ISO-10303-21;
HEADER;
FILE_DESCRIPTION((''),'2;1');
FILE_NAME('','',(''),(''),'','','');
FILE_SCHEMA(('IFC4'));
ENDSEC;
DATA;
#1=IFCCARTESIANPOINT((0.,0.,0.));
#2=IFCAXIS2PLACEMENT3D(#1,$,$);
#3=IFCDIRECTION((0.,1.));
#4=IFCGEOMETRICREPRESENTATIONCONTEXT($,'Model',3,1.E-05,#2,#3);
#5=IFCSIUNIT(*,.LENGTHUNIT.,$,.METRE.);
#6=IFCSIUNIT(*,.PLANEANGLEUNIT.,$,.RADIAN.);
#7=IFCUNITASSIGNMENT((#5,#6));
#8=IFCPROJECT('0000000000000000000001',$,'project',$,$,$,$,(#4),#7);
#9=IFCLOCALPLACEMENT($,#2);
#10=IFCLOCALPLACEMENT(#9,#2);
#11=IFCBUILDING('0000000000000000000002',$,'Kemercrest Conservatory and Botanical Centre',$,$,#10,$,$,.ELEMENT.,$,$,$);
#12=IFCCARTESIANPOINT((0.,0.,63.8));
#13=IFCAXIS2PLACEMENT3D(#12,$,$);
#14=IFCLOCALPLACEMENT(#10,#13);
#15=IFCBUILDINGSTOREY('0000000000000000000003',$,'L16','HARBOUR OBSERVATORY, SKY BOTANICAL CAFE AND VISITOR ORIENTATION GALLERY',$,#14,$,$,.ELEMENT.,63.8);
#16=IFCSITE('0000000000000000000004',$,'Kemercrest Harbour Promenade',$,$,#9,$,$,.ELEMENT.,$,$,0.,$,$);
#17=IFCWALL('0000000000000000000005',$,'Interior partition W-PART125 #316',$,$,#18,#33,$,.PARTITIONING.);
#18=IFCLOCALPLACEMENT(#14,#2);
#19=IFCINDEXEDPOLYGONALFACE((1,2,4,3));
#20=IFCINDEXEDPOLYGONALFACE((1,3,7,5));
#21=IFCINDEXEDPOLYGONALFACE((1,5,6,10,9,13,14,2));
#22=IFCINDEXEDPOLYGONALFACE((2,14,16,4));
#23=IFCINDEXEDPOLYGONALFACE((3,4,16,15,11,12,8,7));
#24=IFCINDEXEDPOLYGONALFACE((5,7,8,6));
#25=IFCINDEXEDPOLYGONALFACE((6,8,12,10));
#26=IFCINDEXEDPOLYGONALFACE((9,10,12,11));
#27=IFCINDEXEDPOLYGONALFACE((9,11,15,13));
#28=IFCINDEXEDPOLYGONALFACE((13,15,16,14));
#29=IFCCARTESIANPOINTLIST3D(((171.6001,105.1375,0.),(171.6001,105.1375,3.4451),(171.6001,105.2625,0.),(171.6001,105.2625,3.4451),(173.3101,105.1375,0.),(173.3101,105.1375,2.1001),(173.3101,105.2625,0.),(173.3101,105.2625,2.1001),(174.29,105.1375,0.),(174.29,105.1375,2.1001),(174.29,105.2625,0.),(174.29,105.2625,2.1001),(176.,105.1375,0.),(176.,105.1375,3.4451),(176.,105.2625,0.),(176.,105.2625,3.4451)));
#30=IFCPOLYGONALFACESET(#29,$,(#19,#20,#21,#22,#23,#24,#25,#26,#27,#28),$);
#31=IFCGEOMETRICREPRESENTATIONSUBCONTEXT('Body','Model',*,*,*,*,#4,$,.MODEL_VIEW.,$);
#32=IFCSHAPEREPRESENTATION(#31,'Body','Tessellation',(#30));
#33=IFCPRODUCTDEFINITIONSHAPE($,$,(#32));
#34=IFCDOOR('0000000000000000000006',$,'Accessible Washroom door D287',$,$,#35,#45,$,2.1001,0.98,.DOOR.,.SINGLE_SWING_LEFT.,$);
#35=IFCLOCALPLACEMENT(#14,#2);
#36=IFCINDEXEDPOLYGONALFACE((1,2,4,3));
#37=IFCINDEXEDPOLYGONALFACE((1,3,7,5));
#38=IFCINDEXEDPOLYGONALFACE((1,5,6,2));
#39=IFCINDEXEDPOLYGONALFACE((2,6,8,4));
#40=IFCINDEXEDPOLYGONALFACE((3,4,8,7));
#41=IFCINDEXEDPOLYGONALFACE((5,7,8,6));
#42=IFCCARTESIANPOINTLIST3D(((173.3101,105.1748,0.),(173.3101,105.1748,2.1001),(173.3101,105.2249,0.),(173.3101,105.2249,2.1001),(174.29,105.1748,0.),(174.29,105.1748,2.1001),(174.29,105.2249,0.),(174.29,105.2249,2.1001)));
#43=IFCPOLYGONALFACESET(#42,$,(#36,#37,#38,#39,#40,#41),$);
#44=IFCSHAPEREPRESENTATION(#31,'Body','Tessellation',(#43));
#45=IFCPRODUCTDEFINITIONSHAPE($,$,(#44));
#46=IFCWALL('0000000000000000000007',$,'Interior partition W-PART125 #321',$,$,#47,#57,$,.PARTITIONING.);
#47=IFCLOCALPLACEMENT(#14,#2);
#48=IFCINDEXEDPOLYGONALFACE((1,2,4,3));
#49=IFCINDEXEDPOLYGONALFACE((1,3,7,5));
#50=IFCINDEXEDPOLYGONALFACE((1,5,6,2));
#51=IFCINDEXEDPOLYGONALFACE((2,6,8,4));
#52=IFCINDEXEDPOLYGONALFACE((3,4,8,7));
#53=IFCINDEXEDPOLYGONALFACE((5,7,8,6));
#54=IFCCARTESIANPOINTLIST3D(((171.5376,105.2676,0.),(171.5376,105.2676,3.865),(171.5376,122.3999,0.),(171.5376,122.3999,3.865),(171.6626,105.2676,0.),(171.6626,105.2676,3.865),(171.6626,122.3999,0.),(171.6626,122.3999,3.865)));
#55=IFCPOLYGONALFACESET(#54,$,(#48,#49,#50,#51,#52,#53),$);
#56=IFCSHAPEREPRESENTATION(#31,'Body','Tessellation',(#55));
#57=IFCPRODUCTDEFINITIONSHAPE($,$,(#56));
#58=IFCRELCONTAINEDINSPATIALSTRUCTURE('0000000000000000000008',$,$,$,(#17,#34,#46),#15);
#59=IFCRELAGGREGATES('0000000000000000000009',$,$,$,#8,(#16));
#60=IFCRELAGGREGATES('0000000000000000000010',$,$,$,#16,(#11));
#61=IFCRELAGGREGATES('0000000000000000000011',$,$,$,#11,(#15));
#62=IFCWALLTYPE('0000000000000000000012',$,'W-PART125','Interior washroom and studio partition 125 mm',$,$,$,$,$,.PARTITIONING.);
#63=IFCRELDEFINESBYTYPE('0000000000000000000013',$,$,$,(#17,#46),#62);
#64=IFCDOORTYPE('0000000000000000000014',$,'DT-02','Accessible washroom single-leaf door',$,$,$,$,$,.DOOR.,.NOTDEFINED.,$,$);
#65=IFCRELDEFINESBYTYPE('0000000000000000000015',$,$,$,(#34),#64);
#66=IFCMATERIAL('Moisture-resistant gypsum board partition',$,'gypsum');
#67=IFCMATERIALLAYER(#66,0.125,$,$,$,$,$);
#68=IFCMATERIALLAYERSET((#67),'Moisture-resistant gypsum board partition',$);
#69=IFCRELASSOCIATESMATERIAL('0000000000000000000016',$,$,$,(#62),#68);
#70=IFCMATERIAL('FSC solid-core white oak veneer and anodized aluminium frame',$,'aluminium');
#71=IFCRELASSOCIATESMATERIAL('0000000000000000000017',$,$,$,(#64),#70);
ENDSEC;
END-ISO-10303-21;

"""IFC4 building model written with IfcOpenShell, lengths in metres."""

from ifc_helpers import new_model, si_unit, direction, frame, frame_2d, origin, place, context, subcontext, project, spatial, rectangle, extrude, material, layer, layer_set, type_object, element, fill, save


model = new_model("IFC4")

# Units and contexts
model_context = context("Model", 3, precision=1e-05, world=origin(), true_north=direction((0.0, 1.0)))
body_context = subcontext(model_context, "Body", "Model", "MODEL_VIEW")
ifc_project = project(units=[si_unit("LENGTHUNIT", "METRE"), si_unit("PLANEANGLEUNIT", "RADIAN")], contexts=[model_context])

# Site, building, storey
site_placement = place(None, origin())
site = spatial("IfcSite", under=ifc_project, at=site_placement, Name="Kemercrest Harbour Promenade", CompositionType="ELEMENT", RefElevation=0.0)
building_placement = place(site_placement, origin())
building = spatial("IfcBuilding", under=site, at=building_placement, Name="Kemercrest Conservatory and Botanical Centre", CompositionType="ELEMENT")
storey_placement = place(building_placement, frame((0.0, 0.0, 63.8)))
storey = spatial("IfcBuildingStorey", under=building, at=storey_placement, Name="L16", Description="HARBOUR OBSERVATORY, SKY BOTANICAL CAFE AND VISITOR ORIENTATION GALLERY", CompositionType="ELEMENT", Elevation=63.8)

# Wall, opening, door
ifc_material_1 = material(Name="Moisture-resistant gypsum board partition", Category="gypsum")
ifc_layer_1 = layer(ifc_material_1, 0.125)
ifc_layer_set_1 = layer_set([ifc_layer_1], Name="Moisture-resistant gypsum board partition")
wall_type = type_object("IfcWallType", Name="W-PART125", Description="Interior washroom and studio partition 125 mm", PredefinedType="PARTITIONING", material=ifc_layer_set_1)
wall_1_placement = place(storey_placement, frame((171.6001, 105.2, 0.0), z_axis=(0.0, 0.0, 1.0), x_axis=(1.0, 0.0, 0.0)))
wall_1 = element("IfcWall", 1, at=wall_1_placement, inside=storey, type_object=wall_type, Name="Interior partition W-PART125 #316", PredefinedType="PARTITIONING", context=body_context, shape_type="SweptSolid", body=[
    extrude(rectangle(XDim=4.3999, YDim=0.125, at=frame_2d((2.2, 0.0))), origin(), (0.0, 0.0, 1.0), 3.4451),
])
opening_placement = place(wall_1_placement, frame((1.71, 0.0, 0.0)))
opening = element("IfcOpeningElement", 2, at=opening_placement, cuts=wall_1, PredefinedType="OPENING", context=body_context, shape_type="SweptSolid", body=[
    extrude(rectangle(XDim=0.98, YDim=2.1001, at=frame_2d((0.49, 1.05))), frame((0.0, 0.0725, 0.0), z_axis=(0.0, -1.0, 0.0), x_axis=(1.0, 0.0, 0.0)), (0.0, 0.0, 1.0), 0.145),
])
ifc_material_2 = material(Name="FSC solid-core white oak veneer and anodized aluminium frame", Category="aluminium")
door_type = type_object("IfcDoorType", Name="DT-02", Description="Accessible washroom single-leaf door", OperationType="NOTDEFINED", PredefinedType="DOOR", material=ifc_material_2)
door_placement = place(opening_placement, origin())
door = element("IfcDoor", 3, at=door_placement, inside=storey, type_object=door_type, Name="Accessible Washroom door D287", OperationType="SINGLE_SWING_LEFT", OverallHeight=2.1001, OverallWidth=0.98, PredefinedType="DOOR", context=body_context, shape_type="SweptSolid", body=[
    extrude(rectangle(XDim=0.98, YDim=2.1001, at=frame_2d((0.49, 1.05))), frame((0.0, 0.0249, 0.0), z_axis=(0.0, -1.0, 0.0), x_axis=(1.0, 0.0, 0.0)), (0.0, 0.0, 1.0), 0.05),
])
fill(opening, door)

# Wall
wall_2_placement = place(storey_placement, frame((171.6001, 105.2676, 0.0), z_axis=(0.0, 0.0, 1.0), x_axis=(0.0, 1.0, 0.0)))
element("IfcWall", 4, at=wall_2_placement, inside=storey, type_object=wall_type, Name="Interior partition W-PART125 #321", PredefinedType="PARTITIONING", context=body_context, shape_type="SweptSolid", body=[
    extrude(rectangle(XDim=17.1323, YDim=0.125, at=frame_2d((8.5662, 0.0))), origin(), (0.0, 0.0, 1.0), 3.865),
])

save(model, "model.ifc")
